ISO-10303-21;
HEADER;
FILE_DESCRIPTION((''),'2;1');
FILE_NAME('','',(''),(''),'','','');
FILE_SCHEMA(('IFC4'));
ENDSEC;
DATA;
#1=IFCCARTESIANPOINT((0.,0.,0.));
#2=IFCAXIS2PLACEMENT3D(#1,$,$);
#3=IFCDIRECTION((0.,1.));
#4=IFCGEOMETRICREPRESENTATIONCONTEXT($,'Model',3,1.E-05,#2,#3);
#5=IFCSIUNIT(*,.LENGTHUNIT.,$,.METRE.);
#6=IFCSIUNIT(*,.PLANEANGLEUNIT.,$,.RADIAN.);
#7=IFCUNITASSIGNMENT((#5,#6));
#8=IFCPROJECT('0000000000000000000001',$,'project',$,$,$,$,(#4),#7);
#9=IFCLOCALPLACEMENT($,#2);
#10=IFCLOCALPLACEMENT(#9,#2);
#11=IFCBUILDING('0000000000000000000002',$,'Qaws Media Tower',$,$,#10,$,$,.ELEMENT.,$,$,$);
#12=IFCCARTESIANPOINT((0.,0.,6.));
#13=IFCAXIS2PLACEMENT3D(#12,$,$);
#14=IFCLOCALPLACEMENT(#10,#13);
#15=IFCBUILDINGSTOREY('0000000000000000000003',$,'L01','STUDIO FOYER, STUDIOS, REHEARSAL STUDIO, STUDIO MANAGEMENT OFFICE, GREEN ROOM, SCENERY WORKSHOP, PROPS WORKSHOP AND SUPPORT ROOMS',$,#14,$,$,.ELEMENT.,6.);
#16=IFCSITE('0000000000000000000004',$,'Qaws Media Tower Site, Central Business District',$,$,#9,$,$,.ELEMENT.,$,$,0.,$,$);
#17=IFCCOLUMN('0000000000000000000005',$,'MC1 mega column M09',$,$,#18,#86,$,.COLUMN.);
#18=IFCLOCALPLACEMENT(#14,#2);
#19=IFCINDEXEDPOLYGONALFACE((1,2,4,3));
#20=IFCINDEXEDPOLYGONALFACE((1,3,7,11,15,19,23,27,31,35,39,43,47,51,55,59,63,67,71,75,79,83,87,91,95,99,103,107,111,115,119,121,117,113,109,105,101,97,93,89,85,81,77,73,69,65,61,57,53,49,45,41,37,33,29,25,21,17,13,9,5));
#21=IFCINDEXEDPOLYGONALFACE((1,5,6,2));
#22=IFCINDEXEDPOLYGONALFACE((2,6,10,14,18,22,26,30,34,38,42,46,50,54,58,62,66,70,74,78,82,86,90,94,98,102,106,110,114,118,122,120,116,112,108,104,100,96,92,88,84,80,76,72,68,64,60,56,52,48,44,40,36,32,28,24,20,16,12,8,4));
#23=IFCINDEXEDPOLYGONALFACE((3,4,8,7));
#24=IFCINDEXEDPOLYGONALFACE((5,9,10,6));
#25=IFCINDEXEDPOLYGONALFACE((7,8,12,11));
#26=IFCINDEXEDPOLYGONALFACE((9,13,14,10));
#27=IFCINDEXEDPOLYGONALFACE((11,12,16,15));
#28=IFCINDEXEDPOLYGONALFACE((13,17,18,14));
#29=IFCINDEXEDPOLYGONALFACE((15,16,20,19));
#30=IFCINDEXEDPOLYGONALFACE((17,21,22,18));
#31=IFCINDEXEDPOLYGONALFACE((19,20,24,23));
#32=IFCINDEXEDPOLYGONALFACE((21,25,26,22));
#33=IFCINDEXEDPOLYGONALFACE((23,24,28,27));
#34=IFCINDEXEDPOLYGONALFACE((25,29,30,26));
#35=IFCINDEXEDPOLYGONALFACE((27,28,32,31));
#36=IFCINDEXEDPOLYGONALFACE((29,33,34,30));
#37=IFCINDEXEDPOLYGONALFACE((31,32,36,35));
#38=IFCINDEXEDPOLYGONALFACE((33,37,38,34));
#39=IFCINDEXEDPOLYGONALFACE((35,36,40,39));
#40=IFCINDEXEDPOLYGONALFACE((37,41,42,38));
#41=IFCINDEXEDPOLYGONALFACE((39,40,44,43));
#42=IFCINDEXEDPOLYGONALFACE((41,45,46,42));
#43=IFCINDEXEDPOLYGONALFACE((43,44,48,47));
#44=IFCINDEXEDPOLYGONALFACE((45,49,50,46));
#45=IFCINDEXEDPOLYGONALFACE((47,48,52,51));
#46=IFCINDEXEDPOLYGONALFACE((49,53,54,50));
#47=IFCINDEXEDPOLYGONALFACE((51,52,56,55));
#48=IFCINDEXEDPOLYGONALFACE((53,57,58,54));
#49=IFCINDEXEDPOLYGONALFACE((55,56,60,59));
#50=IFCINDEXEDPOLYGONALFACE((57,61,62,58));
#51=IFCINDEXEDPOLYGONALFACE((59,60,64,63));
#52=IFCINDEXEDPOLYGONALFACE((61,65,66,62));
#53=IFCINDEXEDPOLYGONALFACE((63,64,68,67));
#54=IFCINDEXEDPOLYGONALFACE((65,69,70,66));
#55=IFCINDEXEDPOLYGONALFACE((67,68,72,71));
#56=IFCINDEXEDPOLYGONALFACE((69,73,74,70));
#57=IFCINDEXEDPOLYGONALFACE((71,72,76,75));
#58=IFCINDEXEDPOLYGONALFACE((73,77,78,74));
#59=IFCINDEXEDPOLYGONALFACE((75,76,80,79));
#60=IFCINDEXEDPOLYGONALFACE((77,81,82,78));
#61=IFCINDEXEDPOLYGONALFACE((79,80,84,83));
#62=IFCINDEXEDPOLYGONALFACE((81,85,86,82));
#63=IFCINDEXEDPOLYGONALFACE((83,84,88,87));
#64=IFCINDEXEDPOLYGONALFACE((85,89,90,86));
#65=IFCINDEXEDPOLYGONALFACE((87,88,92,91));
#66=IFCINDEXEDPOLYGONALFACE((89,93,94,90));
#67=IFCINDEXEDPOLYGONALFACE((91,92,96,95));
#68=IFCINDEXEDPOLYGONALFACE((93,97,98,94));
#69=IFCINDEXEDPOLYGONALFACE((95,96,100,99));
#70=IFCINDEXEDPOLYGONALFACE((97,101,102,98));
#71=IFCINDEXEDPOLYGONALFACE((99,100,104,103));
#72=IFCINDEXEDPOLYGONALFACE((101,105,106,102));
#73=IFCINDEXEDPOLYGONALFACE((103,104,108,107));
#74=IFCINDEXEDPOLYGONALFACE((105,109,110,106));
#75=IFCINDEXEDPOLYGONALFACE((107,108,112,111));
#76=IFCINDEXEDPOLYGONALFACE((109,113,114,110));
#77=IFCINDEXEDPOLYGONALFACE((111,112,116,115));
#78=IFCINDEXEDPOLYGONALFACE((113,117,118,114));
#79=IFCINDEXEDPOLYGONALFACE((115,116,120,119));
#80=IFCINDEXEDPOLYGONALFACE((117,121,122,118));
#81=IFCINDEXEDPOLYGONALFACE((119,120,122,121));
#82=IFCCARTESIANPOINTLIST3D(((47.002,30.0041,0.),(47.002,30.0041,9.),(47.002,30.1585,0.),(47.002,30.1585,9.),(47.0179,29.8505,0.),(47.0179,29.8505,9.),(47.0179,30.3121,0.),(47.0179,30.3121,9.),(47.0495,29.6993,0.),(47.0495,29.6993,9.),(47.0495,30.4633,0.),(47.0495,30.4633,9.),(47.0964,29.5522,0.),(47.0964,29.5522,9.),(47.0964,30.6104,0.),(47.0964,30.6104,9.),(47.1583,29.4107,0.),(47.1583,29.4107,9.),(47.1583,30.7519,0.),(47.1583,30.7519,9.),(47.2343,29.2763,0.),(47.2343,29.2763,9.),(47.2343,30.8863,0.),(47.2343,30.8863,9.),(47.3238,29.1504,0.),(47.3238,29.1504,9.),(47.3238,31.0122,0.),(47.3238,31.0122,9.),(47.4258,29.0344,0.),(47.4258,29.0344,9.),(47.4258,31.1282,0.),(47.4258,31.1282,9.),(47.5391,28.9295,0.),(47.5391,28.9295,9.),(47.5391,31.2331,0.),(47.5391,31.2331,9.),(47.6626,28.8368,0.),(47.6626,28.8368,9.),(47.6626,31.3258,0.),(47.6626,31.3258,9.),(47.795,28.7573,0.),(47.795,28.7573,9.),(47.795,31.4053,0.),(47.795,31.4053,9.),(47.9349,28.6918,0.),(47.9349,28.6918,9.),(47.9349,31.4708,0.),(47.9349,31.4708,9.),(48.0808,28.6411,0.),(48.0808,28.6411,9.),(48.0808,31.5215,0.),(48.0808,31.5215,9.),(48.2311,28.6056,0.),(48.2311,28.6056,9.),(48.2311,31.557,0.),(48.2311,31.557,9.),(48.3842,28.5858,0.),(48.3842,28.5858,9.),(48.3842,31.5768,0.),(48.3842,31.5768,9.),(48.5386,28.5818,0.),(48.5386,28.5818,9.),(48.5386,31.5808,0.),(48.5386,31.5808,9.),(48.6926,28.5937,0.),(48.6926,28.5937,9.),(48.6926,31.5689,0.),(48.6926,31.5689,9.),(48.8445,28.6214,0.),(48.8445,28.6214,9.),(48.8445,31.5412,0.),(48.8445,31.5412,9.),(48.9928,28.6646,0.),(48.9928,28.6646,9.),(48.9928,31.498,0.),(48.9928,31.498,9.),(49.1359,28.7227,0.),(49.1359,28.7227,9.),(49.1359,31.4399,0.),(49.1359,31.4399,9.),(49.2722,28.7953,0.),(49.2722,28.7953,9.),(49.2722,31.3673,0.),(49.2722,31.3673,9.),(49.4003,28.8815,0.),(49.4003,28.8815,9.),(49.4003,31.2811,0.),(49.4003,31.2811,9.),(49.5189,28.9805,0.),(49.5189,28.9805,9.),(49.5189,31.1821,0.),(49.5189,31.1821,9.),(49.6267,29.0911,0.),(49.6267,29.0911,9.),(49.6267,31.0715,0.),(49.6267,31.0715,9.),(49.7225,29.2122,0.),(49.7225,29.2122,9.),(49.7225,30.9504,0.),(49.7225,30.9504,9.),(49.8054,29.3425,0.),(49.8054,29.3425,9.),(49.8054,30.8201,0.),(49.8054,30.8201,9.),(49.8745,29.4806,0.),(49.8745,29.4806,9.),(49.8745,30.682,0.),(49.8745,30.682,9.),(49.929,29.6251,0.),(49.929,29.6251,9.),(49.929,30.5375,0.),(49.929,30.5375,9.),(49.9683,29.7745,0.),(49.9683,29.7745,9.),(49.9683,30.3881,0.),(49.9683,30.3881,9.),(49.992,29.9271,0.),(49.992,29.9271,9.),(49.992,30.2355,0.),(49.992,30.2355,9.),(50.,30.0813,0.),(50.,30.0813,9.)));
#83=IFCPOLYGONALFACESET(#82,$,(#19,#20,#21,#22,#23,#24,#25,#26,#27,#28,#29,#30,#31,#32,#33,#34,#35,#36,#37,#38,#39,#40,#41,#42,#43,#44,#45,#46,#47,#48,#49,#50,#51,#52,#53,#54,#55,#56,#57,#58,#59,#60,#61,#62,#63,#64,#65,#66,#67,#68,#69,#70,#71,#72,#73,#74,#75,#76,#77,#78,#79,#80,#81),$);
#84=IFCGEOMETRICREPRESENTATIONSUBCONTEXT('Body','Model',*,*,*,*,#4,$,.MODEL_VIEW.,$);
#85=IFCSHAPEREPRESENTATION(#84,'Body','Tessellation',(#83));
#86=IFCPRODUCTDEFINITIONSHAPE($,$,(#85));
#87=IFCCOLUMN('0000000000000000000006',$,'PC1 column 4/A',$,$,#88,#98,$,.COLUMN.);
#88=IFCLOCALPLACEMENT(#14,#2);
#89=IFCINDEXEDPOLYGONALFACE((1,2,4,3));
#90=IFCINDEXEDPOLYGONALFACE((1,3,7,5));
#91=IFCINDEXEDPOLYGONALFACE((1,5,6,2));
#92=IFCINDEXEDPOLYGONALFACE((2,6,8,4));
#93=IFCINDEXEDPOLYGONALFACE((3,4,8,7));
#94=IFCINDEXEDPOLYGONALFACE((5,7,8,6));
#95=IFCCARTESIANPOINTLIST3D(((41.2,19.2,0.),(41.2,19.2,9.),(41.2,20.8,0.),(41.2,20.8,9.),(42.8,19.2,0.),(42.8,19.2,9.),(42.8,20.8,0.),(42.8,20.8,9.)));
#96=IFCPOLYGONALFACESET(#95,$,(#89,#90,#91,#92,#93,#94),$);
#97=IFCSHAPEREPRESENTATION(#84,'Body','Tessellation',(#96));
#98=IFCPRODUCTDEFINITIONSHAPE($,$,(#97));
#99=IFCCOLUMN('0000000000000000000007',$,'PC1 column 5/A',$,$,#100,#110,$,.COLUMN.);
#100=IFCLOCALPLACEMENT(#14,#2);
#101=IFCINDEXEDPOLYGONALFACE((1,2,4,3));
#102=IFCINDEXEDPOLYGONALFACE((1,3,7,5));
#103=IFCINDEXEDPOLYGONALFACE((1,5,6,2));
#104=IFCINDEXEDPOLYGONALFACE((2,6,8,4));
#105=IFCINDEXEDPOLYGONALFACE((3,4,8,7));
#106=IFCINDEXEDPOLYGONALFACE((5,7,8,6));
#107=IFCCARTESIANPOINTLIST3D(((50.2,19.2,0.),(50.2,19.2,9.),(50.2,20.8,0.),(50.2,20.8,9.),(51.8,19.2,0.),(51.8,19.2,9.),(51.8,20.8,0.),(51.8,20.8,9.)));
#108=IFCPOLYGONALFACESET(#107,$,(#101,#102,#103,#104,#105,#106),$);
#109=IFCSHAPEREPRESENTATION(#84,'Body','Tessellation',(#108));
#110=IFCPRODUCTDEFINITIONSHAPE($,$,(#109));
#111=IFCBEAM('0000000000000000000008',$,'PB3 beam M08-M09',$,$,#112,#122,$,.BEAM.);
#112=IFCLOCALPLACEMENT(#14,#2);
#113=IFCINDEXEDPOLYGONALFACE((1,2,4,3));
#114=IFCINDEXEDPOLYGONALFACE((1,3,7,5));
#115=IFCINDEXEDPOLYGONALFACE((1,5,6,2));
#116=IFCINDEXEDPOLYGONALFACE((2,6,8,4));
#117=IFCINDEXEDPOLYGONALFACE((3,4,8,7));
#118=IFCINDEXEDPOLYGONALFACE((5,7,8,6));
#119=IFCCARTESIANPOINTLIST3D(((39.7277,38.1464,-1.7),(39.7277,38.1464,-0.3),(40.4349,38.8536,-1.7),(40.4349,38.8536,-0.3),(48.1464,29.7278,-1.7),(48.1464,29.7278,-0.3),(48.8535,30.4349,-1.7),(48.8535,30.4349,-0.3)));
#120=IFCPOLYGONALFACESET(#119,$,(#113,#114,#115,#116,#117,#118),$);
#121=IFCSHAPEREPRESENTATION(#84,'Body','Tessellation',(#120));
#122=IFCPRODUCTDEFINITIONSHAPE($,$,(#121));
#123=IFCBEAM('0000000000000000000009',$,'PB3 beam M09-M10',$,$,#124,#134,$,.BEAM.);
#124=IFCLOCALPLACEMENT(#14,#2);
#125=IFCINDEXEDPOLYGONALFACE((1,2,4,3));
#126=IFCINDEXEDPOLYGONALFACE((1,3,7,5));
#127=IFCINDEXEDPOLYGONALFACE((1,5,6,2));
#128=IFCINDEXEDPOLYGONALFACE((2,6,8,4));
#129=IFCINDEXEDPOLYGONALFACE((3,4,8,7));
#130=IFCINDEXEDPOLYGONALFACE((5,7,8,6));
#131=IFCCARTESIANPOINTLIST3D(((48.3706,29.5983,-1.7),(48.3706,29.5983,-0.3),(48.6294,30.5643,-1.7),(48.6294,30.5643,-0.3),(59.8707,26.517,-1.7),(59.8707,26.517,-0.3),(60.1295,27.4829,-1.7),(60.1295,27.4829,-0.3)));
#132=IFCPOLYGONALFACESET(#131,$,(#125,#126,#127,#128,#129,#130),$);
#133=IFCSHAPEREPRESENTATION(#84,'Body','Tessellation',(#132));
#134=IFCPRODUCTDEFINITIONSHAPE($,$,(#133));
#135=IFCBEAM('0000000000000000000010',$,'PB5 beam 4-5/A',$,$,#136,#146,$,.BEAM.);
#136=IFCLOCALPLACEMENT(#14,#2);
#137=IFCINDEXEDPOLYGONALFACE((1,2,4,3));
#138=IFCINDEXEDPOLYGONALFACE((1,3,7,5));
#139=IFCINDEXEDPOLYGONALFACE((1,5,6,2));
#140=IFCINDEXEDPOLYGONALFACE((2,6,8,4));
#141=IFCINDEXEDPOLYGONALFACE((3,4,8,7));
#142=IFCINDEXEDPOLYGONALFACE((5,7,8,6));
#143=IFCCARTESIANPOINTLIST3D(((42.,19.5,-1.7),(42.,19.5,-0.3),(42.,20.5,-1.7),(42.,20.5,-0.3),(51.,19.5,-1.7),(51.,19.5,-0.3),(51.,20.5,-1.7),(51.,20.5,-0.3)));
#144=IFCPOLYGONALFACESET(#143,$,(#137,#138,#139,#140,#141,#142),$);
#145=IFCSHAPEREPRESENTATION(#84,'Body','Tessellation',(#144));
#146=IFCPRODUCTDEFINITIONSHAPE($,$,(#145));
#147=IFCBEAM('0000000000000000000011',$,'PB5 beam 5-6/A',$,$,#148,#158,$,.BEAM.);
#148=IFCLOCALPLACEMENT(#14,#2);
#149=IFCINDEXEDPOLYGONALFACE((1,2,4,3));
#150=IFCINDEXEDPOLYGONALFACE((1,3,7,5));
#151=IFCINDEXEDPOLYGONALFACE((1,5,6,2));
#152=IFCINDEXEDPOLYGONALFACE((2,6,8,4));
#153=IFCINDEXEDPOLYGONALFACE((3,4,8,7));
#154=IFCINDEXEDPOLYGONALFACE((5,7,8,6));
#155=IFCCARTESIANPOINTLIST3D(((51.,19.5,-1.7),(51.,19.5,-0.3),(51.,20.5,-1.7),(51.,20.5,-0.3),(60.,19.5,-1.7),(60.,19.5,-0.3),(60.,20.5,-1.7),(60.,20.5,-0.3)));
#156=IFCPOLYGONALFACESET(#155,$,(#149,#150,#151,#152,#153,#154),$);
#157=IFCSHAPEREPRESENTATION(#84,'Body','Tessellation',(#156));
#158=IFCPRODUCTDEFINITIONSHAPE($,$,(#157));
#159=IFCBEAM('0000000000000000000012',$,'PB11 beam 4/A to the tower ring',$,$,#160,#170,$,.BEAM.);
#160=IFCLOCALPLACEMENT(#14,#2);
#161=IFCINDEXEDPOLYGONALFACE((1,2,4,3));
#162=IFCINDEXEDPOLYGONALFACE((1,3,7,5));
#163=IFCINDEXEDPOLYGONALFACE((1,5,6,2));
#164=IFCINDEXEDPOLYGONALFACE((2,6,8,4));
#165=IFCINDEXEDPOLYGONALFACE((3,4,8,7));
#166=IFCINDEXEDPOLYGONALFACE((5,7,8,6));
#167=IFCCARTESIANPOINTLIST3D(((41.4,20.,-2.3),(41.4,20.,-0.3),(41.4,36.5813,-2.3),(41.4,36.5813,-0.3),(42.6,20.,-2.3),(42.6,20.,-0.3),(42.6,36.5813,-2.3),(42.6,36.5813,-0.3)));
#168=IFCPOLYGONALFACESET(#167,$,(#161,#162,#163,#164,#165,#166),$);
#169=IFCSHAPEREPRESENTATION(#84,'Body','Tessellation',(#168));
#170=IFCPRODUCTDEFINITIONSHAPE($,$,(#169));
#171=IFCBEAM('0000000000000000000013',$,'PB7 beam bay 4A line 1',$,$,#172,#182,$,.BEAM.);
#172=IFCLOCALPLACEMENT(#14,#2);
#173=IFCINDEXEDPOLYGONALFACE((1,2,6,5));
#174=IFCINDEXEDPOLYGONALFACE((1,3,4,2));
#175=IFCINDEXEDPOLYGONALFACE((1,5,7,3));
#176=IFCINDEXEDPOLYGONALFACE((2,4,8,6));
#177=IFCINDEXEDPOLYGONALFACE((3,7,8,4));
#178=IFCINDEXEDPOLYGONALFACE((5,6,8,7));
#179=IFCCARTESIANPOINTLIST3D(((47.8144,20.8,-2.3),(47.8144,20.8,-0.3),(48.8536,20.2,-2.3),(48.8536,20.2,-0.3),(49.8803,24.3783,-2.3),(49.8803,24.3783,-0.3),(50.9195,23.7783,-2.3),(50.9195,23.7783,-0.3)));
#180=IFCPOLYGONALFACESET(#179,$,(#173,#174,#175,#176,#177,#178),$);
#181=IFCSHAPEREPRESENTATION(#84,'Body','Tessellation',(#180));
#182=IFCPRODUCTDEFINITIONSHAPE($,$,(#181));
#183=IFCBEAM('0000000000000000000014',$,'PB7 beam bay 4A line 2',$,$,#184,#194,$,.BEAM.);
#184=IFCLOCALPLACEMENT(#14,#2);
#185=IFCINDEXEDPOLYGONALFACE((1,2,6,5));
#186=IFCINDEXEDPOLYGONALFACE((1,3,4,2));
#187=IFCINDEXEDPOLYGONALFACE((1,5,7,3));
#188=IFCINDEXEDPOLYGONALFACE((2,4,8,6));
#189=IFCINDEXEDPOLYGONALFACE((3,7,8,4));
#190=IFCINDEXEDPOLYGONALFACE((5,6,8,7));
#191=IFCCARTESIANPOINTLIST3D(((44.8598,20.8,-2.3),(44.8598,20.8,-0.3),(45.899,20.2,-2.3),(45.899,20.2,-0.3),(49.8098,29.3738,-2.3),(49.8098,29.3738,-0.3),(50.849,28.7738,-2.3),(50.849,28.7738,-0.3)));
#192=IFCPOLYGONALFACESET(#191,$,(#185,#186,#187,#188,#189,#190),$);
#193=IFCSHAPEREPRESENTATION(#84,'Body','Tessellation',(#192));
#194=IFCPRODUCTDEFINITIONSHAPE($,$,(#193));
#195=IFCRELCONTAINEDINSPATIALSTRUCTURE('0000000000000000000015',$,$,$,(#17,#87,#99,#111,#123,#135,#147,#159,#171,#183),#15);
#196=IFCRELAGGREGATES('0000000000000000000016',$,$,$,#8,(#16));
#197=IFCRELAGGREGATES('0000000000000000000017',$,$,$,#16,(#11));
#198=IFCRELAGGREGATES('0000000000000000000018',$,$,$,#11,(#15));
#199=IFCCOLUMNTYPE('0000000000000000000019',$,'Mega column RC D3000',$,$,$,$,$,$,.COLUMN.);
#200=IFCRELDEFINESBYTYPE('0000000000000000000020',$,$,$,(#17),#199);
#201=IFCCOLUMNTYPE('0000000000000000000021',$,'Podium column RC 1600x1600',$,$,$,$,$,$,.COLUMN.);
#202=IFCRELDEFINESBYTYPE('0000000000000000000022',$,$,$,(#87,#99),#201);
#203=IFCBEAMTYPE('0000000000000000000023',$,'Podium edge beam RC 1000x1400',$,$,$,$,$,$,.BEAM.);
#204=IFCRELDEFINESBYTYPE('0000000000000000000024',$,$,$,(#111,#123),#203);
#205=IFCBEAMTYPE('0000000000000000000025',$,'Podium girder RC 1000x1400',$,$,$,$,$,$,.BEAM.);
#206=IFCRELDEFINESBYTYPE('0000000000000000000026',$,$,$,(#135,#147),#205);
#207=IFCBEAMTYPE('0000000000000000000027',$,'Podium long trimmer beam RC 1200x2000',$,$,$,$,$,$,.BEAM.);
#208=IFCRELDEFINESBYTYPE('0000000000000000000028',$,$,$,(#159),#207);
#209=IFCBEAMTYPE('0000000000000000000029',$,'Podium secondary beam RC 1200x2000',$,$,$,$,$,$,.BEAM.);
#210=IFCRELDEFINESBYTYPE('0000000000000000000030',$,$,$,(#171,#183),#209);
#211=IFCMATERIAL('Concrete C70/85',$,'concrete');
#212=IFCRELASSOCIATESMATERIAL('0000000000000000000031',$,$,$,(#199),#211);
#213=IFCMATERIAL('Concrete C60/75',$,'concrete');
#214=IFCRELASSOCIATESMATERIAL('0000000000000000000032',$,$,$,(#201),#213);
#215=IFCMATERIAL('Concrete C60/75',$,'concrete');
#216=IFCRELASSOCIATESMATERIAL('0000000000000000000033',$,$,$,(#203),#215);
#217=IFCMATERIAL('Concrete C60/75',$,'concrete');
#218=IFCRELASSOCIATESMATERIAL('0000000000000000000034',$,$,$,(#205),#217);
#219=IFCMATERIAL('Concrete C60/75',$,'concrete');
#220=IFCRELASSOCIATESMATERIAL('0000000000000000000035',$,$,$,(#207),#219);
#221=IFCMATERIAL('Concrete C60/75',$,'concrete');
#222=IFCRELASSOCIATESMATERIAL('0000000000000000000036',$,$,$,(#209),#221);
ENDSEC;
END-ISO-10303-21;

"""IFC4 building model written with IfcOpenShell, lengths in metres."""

from ifc_helpers import new_model, si_unit, direction, frame, origin, origin_2d, place, context, subcontext, project, spatial, rectangle, circle, extrude, material, material_profile, profile_set, type_object, element, save


model = new_model("IFC4")

# Units and contexts
model_context = context("Model", 3, precision=1e-05, world=origin(), true_north=direction((0.0, 1.0)))
body_context = subcontext(model_context, "Body", "Model", "MODEL_VIEW")
ifc_project = project(units=[si_unit("LENGTHUNIT", "METRE"), si_unit("PLANEANGLEUNIT", "RADIAN")], contexts=[model_context])

# Site, building, storey
site_placement = place(None, origin())
site = spatial("IfcSite", under=ifc_project, at=site_placement, Name="Qaws Media Tower Site, Central Business District", CompositionType="ELEMENT", RefElevation=0.0)
building_placement = place(site_placement, origin())
building = spatial("IfcBuilding", under=site, at=building_placement, Name="Qaws Media Tower", CompositionType="ELEMENT")
storey_placement = place(building_placement, frame((0.0, 0.0, 6.0)))
storey = spatial("IfcBuildingStorey", under=building, at=storey_placement, Name="L01", Description="STUDIO FOYER, STUDIOS, REHEARSAL STUDIO, STUDIO MANAGEMENT OFFICE, GREEN ROOM, SCENERY WORKSHOP, PROPS WORKSHOP AND SUPPORT ROOMS", CompositionType="ELEMENT", Elevation=6.0)

# Columns
ifc_material_1 = material(Name="Concrete C70/85", Category="concrete")
ifc_material_profile_1 = material_profile(ifc_material_1, circle(Radius=1.5, at=origin_2d()), Name="RC D3000")
ifc_profile_set_1 = profile_set([ifc_material_profile_1], Name="Concrete C70/85")
column_type_1 = type_object("IfcColumnType", Name="Mega column RC D3000", PredefinedType="COLUMN", material=ifc_profile_set_1)
column_placement = place(storey_placement, frame((48.5, 30.0813, 0.0), z_axis=(0.0, 0.0, 1.0), x_axis=(1.0, 0.0, 0.0)))
element("IfcColumn", 1, at=column_placement, inside=storey, type_object=column_type_1, Name="MC1 mega column M09", PredefinedType="COLUMN", context=body_context, shape_type="SweptSolid", body=[
    extrude(circle(Radius=1.5, at=origin_2d()), origin(), (0.0, 0.0, 1.0), 9.0),
])
ifc_material_2 = material(Name="Concrete C60/75", Category="concrete")
ifc_material_profile_2 = material_profile(ifc_material_2, rectangle(XDim=1.6001, YDim=1.6001, at=origin_2d()), Name="RC 1600x1600")
ifc_profile_set_2 = profile_set([ifc_material_profile_2], Name="Concrete C60/75")
column_type_2 = type_object("IfcColumnType", Name="Podium column RC 1600x1600", PredefinedType="COLUMN", material=ifc_profile_set_2)
for number, where, z_axis, x_axis, name in (
    (2, (42.0, 20.0, 0.0), (0.0, 0.0, 1.0), (1.0, 0.0, 0.0), "PC1 column 4/A"),
    (3, (51.0, 20.0, 0.0), (0.0, 0.0, 1.0), (1.0, 0.0, 0.0), "PC1 column 5/A"),
):
    element("IfcColumn", number, at=place(storey_placement, frame(where, z_axis=z_axis, x_axis=x_axis)), inside=storey, type_object=column_type_2, Name=name, PredefinedType="COLUMN", context=body_context, shape_type="SweptSolid", body=[
        extrude(rectangle(XDim=1.6001, YDim=1.6001, at=origin_2d()), origin(), (0.0, 0.0, 1.0), 9.0),
    ])

# Beams
ifc_material_3 = material(Name="Concrete C60/75", Category="concrete")
ifc_material_profile_3 = material_profile(ifc_material_3, rectangle(XDim=1.0, YDim=1.3999, at=origin_2d()), Name="RC 1000x1400")
ifc_profile_set_3 = profile_set([ifc_material_profile_3], Name="Concrete C60/75")
beam_type_1 = type_object("IfcBeamType", Name="Podium edge beam RC 1000x1400", PredefinedType="BEAM", material=ifc_profile_set_3)
for number, where, z_axis, x_axis, name in (
    (4, (40.0813, 38.5, -1.0), (0.707107, -0.707107, 0.0), (0.707107, 0.707107, 0.0), "PB3 beam M08-M09"),
    (5, (48.5, 30.0813, -1.0), (0.965928, -0.25881, 0.0), (0.25881, 0.965928, 0.0), "PB3 beam M09-M10"),
):
    element("IfcBeam", number, at=place(storey_placement, frame(where, z_axis=z_axis, x_axis=x_axis)), inside=storey, type_object=beam_type_1, Name=name, PredefinedType="BEAM", context=body_context, shape_type="SweptSolid", body=[
        extrude(rectangle(XDim=1.0, YDim=1.3999, at=origin_2d()), origin(), (0.0, 0.0, 1.0), 11.9058),
    ])
ifc_material_4 = material(Name="Concrete C60/75", Category="concrete")
ifc_material_profile_4 = material_profile(ifc_material_4, rectangle(XDim=1.0, YDim=1.3999, at=origin_2d()), Name="RC 1000x1400")
ifc_profile_set_4 = profile_set([ifc_material_profile_4], Name="Concrete C60/75")
beam_type_2 = type_object("IfcBeamType", Name="Podium girder RC 1000x1400", PredefinedType="BEAM", material=ifc_profile_set_4)
for number, where, z_axis, x_axis, name in (
    (6, (42.0, 20.0, -1.0), (1.0, 0.0, 0.0), (0.0, 1.0, 0.0), "PB5 beam 4-5/A"),
    (7, (51.0, 20.0, -1.0), (1.0, 0.0, 0.0), (0.0, 1.0, 0.0), "PB5 beam 5-6/A"),
):
    element("IfcBeam", number, at=place(storey_placement, frame(where, z_axis=z_axis, x_axis=x_axis)), inside=storey, type_object=beam_type_2, Name=name, PredefinedType="BEAM", context=body_context, shape_type="SweptSolid", body=[
        extrude(rectangle(XDim=1.0, YDim=1.3999, at=origin_2d()), origin(), (0.0, 0.0, 1.0), 9.0),
    ])
ifc_material_5 = material(Name="Concrete C60/75", Category="concrete")
ifc_material_profile_5 = material_profile(ifc_material_5, rectangle(XDim=1.2, YDim=2.0, at=origin_2d()), Name="RC 1200x2000")
ifc_profile_set_5 = profile_set([ifc_material_profile_5], Name="Concrete C60/75")
beam_type_3 = type_object("IfcBeamType", Name="Podium long trimmer beam RC 1200x2000", PredefinedType="BEAM", material=ifc_profile_set_5)
beam_1_placement = place(storey_placement, frame((42.0, 20.0, -1.3), z_axis=(0.0, 1.0, 0.0), x_axis=(-1.0, 0.0, 0.0)))
element("IfcBeam", 8, at=beam_1_placement, inside=storey, type_object=beam_type_3, Name="PB11 beam 4/A to the tower ring", PredefinedType="BEAM", context=body_context, shape_type="SweptSolid", body=[
    extrude(rectangle(XDim=1.2, YDim=2.0, at=origin_2d()), origin(), (0.0, 0.0, 1.0), 16.5813),
])
ifc_material_6 = material(Name="Concrete C60/75", Category="concrete")
ifc_material_profile_6 = material_profile(ifc_material_6, rectangle(XDim=1.2, YDim=2.0, at=origin_2d()), Name="RC 1200x2000")
ifc_profile_set_6 = profile_set([ifc_material_profile_6], Name="Concrete C60/75")
beam_type_4 = type_object("IfcBeamType", Name="Podium secondary beam RC 1200x2000", PredefinedType="BEAM", material=ifc_profile_set_6)
beam_2_placement = place(storey_placement, frame((48.334, 20.5, -1.3), z_axis=(0.49999, 0.866031, 0.0), x_axis=(-0.866031, 0.49999, 0.0)))
element("IfcBeam", 9, at=beam_2_placement, inside=storey, type_object=beam_type_4, Name="PB7 beam bay 4A line 1", PredefinedType="BEAM", context=body_context, shape_type="SweptSolid", body=[
    extrude(rectangle(XDim=1.2, YDim=2.0, at=origin_2d()), origin(), (0.0, 0.0, 1.0), 4.1318),
])
beam_3_placement = place(storey_placement, frame((45.3794, 20.5, -1.3), z_axis=(0.499993, 0.86603, 0.0), x_axis=(-0.86603, 0.499993, 0.0)))
element("IfcBeam", 10, at=beam_3_placement, inside=storey, type_object=beam_type_4, Name="PB7 beam bay 4A line 2", PredefinedType="BEAM", context=body_context, shape_type="SweptSolid", body=[
    extrude(rectangle(XDim=1.2, YDim=2.0, at=origin_2d()), origin(), (0.0, 0.0, 1.0), 9.9001),
])

save(model, "model.ifc")
